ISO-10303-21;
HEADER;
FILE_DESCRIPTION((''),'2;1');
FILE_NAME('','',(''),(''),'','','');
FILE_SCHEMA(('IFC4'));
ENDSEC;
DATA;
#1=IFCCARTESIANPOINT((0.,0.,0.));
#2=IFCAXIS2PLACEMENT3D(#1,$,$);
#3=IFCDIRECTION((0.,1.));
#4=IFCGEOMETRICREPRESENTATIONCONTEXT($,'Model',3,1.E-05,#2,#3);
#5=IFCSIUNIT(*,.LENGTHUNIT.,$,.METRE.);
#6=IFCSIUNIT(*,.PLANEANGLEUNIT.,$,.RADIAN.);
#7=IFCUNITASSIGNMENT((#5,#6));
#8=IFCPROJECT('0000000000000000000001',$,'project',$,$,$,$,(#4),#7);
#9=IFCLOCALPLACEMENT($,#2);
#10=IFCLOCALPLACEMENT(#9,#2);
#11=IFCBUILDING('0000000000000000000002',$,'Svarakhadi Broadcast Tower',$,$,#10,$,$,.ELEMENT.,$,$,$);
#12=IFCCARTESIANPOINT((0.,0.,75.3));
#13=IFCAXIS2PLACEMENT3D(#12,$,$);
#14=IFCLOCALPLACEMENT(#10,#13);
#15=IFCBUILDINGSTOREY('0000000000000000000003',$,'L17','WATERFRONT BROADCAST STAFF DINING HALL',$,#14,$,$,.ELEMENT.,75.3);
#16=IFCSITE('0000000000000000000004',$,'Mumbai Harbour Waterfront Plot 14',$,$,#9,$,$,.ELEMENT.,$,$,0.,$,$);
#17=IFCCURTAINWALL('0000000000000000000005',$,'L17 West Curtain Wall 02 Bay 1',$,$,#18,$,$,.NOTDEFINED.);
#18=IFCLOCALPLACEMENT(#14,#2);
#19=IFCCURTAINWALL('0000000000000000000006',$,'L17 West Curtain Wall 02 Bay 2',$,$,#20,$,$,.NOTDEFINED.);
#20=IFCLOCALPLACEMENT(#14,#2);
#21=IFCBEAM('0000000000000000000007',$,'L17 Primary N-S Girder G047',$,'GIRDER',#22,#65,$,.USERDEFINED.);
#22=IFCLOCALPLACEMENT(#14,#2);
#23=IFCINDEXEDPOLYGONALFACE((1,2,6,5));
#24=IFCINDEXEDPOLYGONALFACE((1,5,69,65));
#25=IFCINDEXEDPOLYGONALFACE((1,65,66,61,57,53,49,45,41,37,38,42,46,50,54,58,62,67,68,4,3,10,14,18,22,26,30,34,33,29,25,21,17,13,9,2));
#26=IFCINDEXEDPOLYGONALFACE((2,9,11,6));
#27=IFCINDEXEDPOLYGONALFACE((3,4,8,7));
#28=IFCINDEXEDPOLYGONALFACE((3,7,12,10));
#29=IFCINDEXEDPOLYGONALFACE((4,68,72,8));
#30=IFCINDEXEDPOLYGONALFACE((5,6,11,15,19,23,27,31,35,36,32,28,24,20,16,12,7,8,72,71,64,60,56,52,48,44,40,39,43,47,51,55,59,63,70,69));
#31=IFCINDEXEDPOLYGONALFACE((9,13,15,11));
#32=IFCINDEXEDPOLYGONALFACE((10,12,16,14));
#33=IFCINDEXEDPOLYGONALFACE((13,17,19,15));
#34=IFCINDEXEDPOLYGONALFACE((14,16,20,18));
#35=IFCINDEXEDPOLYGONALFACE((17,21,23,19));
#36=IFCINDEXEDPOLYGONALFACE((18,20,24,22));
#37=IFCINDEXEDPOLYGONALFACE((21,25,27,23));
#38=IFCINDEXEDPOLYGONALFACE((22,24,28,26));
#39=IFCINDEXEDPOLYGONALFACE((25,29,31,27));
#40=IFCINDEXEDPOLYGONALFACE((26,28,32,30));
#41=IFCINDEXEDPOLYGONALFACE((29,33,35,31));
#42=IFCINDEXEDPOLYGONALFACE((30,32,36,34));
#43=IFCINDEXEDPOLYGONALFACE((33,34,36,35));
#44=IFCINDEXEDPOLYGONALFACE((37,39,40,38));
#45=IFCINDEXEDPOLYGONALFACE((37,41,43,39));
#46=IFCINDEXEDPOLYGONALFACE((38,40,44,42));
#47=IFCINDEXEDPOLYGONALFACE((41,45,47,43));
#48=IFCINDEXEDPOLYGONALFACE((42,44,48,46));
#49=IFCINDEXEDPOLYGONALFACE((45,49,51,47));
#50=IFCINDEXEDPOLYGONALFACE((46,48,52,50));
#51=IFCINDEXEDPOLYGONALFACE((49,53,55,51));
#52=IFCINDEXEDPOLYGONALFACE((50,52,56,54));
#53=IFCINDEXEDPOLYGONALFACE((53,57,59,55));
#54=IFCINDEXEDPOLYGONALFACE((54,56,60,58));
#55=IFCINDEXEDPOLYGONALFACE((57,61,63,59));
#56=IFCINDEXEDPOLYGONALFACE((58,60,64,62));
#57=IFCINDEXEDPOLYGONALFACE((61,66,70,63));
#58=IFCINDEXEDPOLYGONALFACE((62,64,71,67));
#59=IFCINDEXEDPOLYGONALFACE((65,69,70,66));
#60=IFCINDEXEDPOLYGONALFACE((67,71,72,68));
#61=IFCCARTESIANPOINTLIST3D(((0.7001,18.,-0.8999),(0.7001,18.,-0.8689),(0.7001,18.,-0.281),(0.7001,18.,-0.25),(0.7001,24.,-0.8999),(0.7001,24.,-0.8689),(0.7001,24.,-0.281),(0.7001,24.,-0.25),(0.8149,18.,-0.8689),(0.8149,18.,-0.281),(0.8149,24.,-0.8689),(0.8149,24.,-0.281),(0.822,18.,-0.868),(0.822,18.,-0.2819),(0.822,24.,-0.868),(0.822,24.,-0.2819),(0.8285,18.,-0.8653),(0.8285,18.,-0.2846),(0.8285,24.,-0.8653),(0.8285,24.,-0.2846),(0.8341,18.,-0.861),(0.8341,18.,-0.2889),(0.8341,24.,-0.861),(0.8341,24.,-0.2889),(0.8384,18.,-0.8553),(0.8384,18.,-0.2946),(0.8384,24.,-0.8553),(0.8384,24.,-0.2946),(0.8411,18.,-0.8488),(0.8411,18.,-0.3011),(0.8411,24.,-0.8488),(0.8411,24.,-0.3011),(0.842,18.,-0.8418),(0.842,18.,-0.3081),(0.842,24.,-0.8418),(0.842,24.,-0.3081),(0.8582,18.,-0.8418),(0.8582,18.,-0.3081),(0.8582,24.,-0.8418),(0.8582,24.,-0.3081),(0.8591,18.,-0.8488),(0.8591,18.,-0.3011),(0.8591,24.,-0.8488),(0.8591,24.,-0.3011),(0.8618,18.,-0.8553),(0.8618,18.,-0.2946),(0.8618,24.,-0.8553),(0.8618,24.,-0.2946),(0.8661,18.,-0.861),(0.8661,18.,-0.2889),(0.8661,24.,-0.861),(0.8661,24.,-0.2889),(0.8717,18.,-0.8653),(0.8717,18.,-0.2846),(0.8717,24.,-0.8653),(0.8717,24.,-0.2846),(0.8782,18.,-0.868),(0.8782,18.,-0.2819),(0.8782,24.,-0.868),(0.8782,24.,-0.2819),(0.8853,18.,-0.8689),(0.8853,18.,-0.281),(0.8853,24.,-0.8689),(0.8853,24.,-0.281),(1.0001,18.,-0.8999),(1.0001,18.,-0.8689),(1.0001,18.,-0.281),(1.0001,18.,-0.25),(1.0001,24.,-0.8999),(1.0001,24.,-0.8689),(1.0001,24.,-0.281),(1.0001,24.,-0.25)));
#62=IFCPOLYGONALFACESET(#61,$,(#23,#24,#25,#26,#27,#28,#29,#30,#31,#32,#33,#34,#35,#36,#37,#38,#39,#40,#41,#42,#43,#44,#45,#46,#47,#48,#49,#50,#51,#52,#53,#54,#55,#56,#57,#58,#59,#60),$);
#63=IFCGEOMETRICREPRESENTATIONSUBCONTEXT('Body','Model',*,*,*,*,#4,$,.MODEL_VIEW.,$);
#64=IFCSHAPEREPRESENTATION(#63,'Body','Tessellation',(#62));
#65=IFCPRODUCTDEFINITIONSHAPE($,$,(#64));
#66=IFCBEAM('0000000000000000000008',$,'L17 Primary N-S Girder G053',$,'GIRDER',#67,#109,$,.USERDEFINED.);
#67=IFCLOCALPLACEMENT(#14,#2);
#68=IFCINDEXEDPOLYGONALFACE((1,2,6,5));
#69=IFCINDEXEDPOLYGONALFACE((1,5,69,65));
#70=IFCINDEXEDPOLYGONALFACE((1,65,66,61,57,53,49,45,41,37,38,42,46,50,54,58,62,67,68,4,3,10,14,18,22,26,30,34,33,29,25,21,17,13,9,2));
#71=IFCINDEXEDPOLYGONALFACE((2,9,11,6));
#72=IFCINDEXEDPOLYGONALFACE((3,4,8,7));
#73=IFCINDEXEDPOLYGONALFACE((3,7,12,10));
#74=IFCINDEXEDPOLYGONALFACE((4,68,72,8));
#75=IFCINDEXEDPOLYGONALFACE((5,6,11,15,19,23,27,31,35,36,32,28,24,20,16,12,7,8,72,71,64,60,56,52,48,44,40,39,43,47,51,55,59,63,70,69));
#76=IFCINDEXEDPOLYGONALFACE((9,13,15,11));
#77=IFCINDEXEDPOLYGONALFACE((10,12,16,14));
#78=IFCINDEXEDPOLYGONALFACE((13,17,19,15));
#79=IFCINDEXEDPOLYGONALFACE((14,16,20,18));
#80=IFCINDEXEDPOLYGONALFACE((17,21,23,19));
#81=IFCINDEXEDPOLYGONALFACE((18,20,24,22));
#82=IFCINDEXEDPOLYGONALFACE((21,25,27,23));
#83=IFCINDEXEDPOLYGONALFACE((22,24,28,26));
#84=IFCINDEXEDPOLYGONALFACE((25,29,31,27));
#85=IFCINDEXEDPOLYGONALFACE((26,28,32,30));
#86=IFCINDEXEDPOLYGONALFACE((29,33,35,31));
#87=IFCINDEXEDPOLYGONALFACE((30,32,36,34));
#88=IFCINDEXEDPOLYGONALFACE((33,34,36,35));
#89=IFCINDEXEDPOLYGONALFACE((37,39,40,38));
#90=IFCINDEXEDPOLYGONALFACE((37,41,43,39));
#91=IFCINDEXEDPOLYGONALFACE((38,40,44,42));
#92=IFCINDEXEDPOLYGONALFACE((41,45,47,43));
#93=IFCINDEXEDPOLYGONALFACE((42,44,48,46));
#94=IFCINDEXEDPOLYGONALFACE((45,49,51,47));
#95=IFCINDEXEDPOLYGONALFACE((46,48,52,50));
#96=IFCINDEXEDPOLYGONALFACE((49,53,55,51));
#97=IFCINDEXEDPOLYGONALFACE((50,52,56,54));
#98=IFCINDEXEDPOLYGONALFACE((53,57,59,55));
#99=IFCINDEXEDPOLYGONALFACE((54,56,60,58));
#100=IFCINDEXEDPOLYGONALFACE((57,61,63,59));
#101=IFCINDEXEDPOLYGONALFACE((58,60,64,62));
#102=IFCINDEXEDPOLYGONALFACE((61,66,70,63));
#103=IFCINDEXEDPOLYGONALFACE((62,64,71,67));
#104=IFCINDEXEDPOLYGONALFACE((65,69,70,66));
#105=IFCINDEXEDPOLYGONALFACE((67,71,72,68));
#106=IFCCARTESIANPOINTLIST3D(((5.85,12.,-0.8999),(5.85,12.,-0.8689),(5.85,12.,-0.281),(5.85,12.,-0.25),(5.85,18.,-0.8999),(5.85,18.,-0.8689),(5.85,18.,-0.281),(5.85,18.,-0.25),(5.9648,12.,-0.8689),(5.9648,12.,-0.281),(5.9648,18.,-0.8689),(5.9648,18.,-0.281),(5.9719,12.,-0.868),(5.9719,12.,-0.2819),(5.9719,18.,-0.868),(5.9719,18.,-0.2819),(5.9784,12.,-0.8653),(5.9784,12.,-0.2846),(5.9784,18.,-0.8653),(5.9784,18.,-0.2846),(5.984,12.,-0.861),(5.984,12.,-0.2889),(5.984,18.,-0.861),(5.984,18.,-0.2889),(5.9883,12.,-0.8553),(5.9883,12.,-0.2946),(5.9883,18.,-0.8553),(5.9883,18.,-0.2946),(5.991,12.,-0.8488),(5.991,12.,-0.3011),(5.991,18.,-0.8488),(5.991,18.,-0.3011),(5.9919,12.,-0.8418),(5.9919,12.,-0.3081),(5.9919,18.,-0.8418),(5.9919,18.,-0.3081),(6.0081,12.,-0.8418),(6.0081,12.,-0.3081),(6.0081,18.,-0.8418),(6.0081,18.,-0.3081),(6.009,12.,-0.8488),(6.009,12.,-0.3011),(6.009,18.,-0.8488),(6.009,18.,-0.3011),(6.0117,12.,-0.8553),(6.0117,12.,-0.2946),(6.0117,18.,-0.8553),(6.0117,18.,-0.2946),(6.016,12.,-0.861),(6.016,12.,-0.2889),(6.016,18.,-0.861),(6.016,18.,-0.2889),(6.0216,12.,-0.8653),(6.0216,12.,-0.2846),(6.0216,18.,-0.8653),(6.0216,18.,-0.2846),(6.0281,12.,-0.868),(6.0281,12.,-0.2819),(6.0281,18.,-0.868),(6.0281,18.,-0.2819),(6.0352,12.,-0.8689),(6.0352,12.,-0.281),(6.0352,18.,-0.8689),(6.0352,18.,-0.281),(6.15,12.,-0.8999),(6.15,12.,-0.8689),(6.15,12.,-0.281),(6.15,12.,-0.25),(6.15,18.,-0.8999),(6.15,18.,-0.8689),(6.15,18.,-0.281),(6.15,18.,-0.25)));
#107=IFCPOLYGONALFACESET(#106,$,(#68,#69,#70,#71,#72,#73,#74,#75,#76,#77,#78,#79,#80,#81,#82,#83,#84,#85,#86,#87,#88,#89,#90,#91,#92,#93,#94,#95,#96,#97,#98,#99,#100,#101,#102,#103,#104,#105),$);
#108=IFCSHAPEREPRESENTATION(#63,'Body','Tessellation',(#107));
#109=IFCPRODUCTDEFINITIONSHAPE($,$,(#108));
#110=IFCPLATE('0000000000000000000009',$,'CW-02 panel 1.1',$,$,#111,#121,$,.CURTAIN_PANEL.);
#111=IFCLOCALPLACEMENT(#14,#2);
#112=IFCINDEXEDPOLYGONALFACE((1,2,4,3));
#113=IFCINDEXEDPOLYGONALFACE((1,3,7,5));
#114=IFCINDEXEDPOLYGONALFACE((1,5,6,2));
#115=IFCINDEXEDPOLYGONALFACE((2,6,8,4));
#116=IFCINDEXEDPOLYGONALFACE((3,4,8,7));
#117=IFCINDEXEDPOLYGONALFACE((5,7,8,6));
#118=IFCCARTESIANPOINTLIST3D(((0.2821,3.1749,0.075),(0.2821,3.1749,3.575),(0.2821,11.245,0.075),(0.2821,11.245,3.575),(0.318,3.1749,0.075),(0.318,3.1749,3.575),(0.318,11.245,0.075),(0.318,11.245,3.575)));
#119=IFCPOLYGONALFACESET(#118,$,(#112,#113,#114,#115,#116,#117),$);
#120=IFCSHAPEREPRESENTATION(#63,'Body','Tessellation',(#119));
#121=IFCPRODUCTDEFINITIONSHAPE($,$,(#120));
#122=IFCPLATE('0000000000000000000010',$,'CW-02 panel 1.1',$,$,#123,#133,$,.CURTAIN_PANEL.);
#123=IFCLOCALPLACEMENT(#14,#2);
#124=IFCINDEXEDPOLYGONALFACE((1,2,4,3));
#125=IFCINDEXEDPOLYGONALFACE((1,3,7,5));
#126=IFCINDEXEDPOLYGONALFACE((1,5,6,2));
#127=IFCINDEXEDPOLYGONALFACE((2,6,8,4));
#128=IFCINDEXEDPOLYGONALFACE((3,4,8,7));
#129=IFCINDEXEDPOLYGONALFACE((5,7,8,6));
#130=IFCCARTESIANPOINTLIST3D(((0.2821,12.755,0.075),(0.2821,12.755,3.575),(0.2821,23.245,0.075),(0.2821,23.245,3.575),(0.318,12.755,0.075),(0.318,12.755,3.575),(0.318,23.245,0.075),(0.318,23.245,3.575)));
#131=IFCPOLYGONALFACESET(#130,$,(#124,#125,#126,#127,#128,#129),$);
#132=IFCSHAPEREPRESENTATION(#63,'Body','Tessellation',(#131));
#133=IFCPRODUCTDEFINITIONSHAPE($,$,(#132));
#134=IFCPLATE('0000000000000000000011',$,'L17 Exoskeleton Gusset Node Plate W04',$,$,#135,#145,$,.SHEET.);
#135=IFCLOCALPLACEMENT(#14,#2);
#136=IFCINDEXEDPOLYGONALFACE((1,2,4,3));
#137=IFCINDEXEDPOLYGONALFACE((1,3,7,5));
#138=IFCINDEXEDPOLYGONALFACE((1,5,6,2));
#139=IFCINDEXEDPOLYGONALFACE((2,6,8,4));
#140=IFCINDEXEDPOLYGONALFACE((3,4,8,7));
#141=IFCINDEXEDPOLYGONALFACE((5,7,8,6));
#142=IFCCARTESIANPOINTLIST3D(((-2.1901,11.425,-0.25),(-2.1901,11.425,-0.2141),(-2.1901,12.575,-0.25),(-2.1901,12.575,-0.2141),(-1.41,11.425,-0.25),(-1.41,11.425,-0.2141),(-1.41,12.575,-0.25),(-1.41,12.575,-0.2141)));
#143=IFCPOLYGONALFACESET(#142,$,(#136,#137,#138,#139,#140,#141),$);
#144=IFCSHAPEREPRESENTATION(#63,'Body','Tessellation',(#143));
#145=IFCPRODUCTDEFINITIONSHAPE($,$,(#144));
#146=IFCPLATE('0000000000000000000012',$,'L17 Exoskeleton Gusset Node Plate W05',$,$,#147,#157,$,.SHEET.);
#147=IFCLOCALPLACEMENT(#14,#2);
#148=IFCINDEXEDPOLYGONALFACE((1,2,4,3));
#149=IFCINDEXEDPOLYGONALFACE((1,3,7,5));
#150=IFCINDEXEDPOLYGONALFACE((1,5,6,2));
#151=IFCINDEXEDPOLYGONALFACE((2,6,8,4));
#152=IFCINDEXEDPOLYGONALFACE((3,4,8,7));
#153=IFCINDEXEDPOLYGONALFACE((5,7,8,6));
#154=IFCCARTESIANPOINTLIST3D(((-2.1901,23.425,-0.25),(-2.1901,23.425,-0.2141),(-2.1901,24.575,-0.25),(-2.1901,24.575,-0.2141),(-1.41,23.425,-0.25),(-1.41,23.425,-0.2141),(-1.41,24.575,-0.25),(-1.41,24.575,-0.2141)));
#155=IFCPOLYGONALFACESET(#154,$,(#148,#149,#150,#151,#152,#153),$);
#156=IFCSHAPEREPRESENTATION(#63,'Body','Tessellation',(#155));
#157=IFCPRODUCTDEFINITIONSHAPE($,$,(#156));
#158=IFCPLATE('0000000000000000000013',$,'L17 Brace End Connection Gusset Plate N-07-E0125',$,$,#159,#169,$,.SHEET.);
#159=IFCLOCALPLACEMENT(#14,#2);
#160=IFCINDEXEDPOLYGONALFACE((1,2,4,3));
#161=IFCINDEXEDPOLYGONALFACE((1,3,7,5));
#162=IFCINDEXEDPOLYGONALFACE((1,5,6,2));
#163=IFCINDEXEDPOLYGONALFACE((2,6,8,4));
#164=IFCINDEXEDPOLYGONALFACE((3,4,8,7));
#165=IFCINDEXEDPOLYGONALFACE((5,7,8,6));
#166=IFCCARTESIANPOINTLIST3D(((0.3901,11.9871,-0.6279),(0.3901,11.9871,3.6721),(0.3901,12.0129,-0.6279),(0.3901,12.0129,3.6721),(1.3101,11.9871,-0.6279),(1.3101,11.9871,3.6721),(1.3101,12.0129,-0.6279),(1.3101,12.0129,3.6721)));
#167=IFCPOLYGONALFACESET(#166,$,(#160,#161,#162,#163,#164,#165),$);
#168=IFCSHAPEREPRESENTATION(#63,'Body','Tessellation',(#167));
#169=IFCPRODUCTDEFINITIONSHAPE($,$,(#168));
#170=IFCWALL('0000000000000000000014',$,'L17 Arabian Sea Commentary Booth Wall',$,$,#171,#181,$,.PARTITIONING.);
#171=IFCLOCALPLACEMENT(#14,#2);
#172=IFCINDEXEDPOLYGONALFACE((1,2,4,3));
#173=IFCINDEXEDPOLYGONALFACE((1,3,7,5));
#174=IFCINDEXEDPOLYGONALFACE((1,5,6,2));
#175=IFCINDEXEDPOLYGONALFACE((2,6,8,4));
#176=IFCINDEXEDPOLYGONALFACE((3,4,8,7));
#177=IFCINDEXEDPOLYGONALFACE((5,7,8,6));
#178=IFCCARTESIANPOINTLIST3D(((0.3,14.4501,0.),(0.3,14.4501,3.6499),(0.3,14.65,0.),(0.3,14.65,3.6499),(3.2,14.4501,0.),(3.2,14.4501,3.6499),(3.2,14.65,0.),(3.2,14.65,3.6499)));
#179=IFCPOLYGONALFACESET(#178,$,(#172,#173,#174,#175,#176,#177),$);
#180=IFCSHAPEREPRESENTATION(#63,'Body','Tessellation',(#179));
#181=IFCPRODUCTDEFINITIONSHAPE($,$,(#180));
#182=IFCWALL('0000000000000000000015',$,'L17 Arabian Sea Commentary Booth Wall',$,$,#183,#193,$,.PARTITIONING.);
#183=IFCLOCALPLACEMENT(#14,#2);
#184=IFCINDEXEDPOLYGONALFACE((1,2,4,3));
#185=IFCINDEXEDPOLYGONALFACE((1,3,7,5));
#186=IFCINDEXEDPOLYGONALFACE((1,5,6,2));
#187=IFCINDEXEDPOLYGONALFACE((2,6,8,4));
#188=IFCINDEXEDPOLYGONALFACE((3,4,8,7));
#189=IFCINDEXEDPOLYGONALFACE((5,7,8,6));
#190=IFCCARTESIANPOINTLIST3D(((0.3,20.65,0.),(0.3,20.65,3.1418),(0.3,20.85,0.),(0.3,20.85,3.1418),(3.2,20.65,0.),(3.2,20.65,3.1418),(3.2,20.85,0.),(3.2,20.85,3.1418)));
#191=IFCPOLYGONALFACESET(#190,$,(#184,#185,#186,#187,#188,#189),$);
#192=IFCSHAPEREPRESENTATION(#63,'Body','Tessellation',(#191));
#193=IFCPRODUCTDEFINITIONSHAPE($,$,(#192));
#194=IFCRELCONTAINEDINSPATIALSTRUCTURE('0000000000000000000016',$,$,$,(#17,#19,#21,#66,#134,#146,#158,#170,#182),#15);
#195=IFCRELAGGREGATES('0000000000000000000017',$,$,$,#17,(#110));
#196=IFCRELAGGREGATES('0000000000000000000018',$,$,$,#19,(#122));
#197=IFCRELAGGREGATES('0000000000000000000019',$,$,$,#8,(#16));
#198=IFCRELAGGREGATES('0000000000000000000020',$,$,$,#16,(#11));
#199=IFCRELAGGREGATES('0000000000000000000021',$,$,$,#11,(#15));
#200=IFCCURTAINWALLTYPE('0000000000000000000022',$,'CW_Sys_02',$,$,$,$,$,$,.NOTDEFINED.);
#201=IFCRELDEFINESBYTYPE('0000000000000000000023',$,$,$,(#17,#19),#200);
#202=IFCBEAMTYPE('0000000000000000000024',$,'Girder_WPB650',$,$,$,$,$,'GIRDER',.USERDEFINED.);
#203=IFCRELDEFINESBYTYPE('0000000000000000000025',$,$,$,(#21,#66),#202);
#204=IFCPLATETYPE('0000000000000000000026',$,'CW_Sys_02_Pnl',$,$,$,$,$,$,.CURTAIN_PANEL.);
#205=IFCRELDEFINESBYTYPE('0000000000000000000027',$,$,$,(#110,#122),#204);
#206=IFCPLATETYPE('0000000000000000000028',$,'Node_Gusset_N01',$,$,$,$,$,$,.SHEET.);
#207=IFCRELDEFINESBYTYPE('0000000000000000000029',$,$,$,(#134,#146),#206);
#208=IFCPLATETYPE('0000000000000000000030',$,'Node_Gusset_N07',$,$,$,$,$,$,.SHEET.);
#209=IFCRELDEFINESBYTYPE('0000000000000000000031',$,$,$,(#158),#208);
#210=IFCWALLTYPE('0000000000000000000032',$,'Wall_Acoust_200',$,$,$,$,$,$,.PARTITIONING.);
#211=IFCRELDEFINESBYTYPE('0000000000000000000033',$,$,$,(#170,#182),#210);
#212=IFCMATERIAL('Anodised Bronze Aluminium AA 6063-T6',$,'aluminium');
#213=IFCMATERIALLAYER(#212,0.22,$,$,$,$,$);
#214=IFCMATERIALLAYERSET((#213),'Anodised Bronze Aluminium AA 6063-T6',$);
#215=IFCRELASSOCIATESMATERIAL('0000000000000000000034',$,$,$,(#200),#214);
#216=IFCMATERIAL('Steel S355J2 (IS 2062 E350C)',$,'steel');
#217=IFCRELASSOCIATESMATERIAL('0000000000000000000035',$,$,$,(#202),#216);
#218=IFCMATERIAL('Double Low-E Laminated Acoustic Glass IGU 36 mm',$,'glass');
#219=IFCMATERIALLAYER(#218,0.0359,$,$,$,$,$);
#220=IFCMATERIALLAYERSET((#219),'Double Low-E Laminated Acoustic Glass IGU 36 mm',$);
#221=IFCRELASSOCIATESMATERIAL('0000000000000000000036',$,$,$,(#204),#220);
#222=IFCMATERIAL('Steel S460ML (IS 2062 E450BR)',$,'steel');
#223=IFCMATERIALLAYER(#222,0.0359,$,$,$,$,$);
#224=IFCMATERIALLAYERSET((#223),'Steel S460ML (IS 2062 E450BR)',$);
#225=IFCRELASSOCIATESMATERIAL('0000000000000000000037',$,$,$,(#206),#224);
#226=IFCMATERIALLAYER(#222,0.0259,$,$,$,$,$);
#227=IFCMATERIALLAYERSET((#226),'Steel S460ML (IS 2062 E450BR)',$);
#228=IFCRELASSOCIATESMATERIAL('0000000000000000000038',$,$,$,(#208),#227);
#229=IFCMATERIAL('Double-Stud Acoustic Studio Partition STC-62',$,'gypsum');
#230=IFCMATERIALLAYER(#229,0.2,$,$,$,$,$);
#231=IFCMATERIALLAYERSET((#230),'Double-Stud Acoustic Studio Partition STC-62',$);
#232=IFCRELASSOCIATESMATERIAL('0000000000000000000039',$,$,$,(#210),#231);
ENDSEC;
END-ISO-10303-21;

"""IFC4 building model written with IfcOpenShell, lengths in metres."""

from ifc_helpers import new_model, si_unit, direction, frame, frame_2d, origin, origin_2d, place, context, subcontext, project, spatial, rectangle, i_section, extrude, material, layer, layer_set, material_profile, profile_set, type_object, element, aggregate, save


model = new_model("IFC4")

# Units and contexts
model_context = context("Model", 3, precision=1e-05, world=origin(), true_north=direction((0.0, 1.0)))
body_context = subcontext(model_context, "Body", "Model", "MODEL_VIEW")
ifc_project = project(units=[si_unit("LENGTHUNIT", "METRE"), si_unit("PLANEANGLEUNIT", "RADIAN")], contexts=[model_context])

# Site, building, storey
site_placement = place(None, origin())
site = spatial("IfcSite", under=ifc_project, at=site_placement, Name="Mumbai Harbour Waterfront Plot 14", CompositionType="ELEMENT", RefElevation=0.0)
building_placement = place(site_placement, origin())
building = spatial("IfcBuilding", under=site, at=building_placement, Name="Svarakhadi Broadcast Tower", CompositionType="ELEMENT")
storey_placement = place(building_placement, frame((0.0, 0.0, 75.3)))
storey = spatial("IfcBuildingStorey", under=building, at=storey_placement, Name="L17", Description="WATERFRONT BROADCAST STAFF DINING HALL", CompositionType="ELEMENT", Elevation=75.3)

# Shared definitions
ifc_material_1 = material(Name="Steel S460ML (IS 2062 E450BR)", Category="steel")

# Shared definitions
ifc_material_2 = material(Name="Steel S355J2 (IS 2062 E350C)", Category="steel")

# Curtain wall
ifc_material_3 = material(Name="Anodised Bronze Aluminium AA 6063-T6", Category="aluminium")
ifc_layer_1 = layer(ifc_material_3, 0.22)
ifc_layer_set_1 = layer_set([ifc_layer_1], Name="Anodised Bronze Aluminium AA 6063-T6")
curtain_wall_type = type_object("IfcCurtainWallType", Name="CW_Sys_02", PredefinedType="NOTDEFINED", material=ifc_layer_set_1)
curtain_wall_1_placement = place(storey_placement, origin())
curtain_wall_1 = element("IfcCurtainWall", 1, at=curtain_wall_1_placement, inside=storey, type_object=curtain_wall_type, Name="L17 West Curtain Wall 02 Bay 1", PredefinedType="NOTDEFINED")

# Curtain wall
curtain_wall_2_placement = place(storey_placement, origin())
curtain_wall_2 = element("IfcCurtainWall", 2, at=curtain_wall_2_placement, inside=storey, type_object=curtain_wall_type, Name="L17 West Curtain Wall 02 Bay 2", PredefinedType="NOTDEFINED")

# Beams
ifc_material_profile_1 = material_profile(ifc_material_2, i_section(OverallWidth=0.3, OverallDepth=0.6499, WebThickness=0.0161, FlangeThickness=0.031, FilletRadius=0.0271, at=origin_2d()), Name="WPB 650x300x225")
ifc_profile_set_1 = profile_set([ifc_material_profile_1], Name="Steel S355J2 (IS 2062 E350C)")
beam_type_1 = type_object("IfcBeamType", Name="Girder_WPB650", ElementType="GIRDER", PredefinedType="USERDEFINED", material=ifc_profile_set_1)
for number, where, z_axis, x_axis, name in (
    (3, (0.8501, 18.0, -0.575), (0.0, 1.0, 0.0), (-1.0, 0.0, 0.0), "L17 Primary N-S Girder G047"),
    (4, (6.0, 12.0, -0.575), (0.0, 1.0, 0.0), (-1.0, 0.0, 0.0), "L17 Primary N-S Girder G053"),
):
    element("IfcBeam", number, at=place(storey_placement, frame(where, z_axis=z_axis, x_axis=x_axis)), inside=storey, type_object=beam_type_1, Name=name, ObjectType="GIRDER", PredefinedType="USERDEFINED", context=body_context, shape_type="SweptSolid", body=[
        extrude(i_section(OverallWidth=0.3, OverallDepth=0.6499, WebThickness=0.0161, FlangeThickness=0.031, FilletRadius=0.0271, at=origin_2d()), origin(), (0.0, 0.0, 1.0), 6.0),
    ])

# Plates
ifc_material_4 = material(Name="Double Low-E Laminated Acoustic Glass IGU 36 mm", Category="glass")
ifc_layer_2 = layer(ifc_material_4, 0.0359)
ifc_layer_set_2 = layer_set([ifc_layer_2], Name="Double Low-E Laminated Acoustic Glass IGU 36 mm")
plate_type_1 = type_object("IfcPlateType", Name="CW_Sys_02_Pnl", PredefinedType="CURTAIN_PANEL", material=ifc_layer_set_2)
plate_1_placement = place(storey_placement, frame((0.3, 7.21, 0.075), z_axis=(0.0, 0.0, 1.0), x_axis=(0.0, 1.0, 0.0)))
plate_1 = element("IfcPlate", 5, at=plate_1_placement, type_object=plate_type_1, Name="CW-02 panel 1.1", PredefinedType="CURTAIN_PANEL", context=body_context, shape_type="SweptSolid", body=[
    extrude(rectangle(XDim=8.0701, YDim=0.0359, at=origin_2d()), origin(), (0.0, 0.0, 1.0), 3.5),
])
aggregate(curtain_wall_1, [plate_1])
plate_2_placement = place(storey_placement, frame((0.3, 18.0, 0.075), z_axis=(0.0, 0.0, 1.0), x_axis=(0.0, 1.0, 0.0)))
plate_2 = element("IfcPlate", 6, at=plate_2_placement, type_object=plate_type_1, Name="CW-02 panel 1.1", PredefinedType="CURTAIN_PANEL", context=body_context, shape_type="SweptSolid", body=[
    extrude(rectangle(XDim=10.49, YDim=0.0359, at=origin_2d()), origin(), (0.0, 0.0, 1.0), 3.5),
])
aggregate(curtain_wall_2, [plate_2])

# Plates
ifc_layer_3 = layer(ifc_material_1, 0.0359)
ifc_layer_set_3 = layer_set([ifc_layer_3], Name="Steel S460ML (IS 2062 E450BR)")
plate_type_2 = type_object("IfcPlateType", Name="Node_Gusset_N01", PredefinedType="SHEET", material=ifc_layer_set_3)
for number, where, z_axis, x_axis, name in (
    (7, (-1.8, 12.0, -0.25), (0.0, 0.0, 1.0), (0.0, 1.0, 0.0), "L17 Exoskeleton Gusset Node Plate W04"),
    (8, (-1.8, 24.0, -0.25), (0.0, 0.0, 1.0), (0.0, 1.0, 0.0), "L17 Exoskeleton Gusset Node Plate W05"),
):
    element("IfcPlate", number, at=place(storey_placement, frame(where, z_axis=z_axis, x_axis=x_axis)), inside=storey, type_object=plate_type_2, Name=name, PredefinedType="SHEET", context=body_context, shape_type="SweptSolid", body=[
        extrude(rectangle(XDim=1.1499, YDim=0.78, at=origin_2d()), origin(), (0.0, 0.0, 1.0), 0.0359),
    ])
ifc_layer_4 = layer(ifc_material_1, 0.0259)
ifc_layer_set_4 = layer_set([ifc_layer_4], Name="Steel S460ML (IS 2062 E450BR)")
plate_type_3 = type_object("IfcPlateType", Name="Node_Gusset_N07", PredefinedType="SHEET", material=ifc_layer_set_4)
plate_3_placement = place(storey_placement, frame((0.8501, 12.0, -0.6279), z_axis=(0.0, 0.0, 1.0), x_axis=(1.0, 0.0, 0.0)))
element("IfcPlate", 9, at=plate_3_placement, inside=storey, type_object=plate_type_3, Name="L17 Brace End Connection Gusset Plate N-07-E0125", PredefinedType="SHEET", context=body_context, shape_type="SweptSolid", body=[
    extrude(rectangle(XDim=0.9199, YDim=0.0259, at=origin_2d()), origin(), (0.0, 0.0, 1.0), 4.3),
])

# Walls
ifc_material_5 = material(Name="Double-Stud Acoustic Studio Partition STC-62", Category="gypsum")
ifc_layer_5 = layer(ifc_material_5, 0.2)
ifc_layer_set_5 = layer_set([ifc_layer_5], Name="Double-Stud Acoustic Studio Partition STC-62")
wall_type_1 = type_object("IfcWallType", Name="Wall_Acoust_200", PredefinedType="PARTITIONING", material=ifc_layer_set_5)
wall_1_placement = place(storey_placement, frame((0.3, 14.55, 0.0), z_axis=(0.0, 0.0, 1.0), x_axis=(1.0, 0.0, 0.0)))
element("IfcWall", 10, at=wall_1_placement, inside=storey, type_object=wall_type_1, Name="L17 Arabian Sea Commentary Booth Wall", PredefinedType="PARTITIONING", context=body_context, shape_type="SweptSolid", body=[
    extrude(rectangle(XDim=2.8999, YDim=0.2, at=frame_2d((1.45, 0.0))), origin(), (0.0, 0.0, 1.0), 3.6499),
])
wall_2_placement = place(storey_placement, frame((0.3, 20.75, 0.0), z_axis=(0.0, 0.0, 1.0), x_axis=(1.0, 0.0, 0.0)))
element("IfcWall", 11, at=wall_2_placement, inside=storey, type_object=wall_type_1, Name="L17 Arabian Sea Commentary Booth Wall", PredefinedType="PARTITIONING", context=body_context, shape_type="SweptSolid", body=[
    extrude(rectangle(XDim=2.8999, YDim=0.2, at=frame_2d((1.45, 0.0))), origin(), (0.0, 0.0, 1.0), 3.1418),
])

save(model, "model.ifc")
